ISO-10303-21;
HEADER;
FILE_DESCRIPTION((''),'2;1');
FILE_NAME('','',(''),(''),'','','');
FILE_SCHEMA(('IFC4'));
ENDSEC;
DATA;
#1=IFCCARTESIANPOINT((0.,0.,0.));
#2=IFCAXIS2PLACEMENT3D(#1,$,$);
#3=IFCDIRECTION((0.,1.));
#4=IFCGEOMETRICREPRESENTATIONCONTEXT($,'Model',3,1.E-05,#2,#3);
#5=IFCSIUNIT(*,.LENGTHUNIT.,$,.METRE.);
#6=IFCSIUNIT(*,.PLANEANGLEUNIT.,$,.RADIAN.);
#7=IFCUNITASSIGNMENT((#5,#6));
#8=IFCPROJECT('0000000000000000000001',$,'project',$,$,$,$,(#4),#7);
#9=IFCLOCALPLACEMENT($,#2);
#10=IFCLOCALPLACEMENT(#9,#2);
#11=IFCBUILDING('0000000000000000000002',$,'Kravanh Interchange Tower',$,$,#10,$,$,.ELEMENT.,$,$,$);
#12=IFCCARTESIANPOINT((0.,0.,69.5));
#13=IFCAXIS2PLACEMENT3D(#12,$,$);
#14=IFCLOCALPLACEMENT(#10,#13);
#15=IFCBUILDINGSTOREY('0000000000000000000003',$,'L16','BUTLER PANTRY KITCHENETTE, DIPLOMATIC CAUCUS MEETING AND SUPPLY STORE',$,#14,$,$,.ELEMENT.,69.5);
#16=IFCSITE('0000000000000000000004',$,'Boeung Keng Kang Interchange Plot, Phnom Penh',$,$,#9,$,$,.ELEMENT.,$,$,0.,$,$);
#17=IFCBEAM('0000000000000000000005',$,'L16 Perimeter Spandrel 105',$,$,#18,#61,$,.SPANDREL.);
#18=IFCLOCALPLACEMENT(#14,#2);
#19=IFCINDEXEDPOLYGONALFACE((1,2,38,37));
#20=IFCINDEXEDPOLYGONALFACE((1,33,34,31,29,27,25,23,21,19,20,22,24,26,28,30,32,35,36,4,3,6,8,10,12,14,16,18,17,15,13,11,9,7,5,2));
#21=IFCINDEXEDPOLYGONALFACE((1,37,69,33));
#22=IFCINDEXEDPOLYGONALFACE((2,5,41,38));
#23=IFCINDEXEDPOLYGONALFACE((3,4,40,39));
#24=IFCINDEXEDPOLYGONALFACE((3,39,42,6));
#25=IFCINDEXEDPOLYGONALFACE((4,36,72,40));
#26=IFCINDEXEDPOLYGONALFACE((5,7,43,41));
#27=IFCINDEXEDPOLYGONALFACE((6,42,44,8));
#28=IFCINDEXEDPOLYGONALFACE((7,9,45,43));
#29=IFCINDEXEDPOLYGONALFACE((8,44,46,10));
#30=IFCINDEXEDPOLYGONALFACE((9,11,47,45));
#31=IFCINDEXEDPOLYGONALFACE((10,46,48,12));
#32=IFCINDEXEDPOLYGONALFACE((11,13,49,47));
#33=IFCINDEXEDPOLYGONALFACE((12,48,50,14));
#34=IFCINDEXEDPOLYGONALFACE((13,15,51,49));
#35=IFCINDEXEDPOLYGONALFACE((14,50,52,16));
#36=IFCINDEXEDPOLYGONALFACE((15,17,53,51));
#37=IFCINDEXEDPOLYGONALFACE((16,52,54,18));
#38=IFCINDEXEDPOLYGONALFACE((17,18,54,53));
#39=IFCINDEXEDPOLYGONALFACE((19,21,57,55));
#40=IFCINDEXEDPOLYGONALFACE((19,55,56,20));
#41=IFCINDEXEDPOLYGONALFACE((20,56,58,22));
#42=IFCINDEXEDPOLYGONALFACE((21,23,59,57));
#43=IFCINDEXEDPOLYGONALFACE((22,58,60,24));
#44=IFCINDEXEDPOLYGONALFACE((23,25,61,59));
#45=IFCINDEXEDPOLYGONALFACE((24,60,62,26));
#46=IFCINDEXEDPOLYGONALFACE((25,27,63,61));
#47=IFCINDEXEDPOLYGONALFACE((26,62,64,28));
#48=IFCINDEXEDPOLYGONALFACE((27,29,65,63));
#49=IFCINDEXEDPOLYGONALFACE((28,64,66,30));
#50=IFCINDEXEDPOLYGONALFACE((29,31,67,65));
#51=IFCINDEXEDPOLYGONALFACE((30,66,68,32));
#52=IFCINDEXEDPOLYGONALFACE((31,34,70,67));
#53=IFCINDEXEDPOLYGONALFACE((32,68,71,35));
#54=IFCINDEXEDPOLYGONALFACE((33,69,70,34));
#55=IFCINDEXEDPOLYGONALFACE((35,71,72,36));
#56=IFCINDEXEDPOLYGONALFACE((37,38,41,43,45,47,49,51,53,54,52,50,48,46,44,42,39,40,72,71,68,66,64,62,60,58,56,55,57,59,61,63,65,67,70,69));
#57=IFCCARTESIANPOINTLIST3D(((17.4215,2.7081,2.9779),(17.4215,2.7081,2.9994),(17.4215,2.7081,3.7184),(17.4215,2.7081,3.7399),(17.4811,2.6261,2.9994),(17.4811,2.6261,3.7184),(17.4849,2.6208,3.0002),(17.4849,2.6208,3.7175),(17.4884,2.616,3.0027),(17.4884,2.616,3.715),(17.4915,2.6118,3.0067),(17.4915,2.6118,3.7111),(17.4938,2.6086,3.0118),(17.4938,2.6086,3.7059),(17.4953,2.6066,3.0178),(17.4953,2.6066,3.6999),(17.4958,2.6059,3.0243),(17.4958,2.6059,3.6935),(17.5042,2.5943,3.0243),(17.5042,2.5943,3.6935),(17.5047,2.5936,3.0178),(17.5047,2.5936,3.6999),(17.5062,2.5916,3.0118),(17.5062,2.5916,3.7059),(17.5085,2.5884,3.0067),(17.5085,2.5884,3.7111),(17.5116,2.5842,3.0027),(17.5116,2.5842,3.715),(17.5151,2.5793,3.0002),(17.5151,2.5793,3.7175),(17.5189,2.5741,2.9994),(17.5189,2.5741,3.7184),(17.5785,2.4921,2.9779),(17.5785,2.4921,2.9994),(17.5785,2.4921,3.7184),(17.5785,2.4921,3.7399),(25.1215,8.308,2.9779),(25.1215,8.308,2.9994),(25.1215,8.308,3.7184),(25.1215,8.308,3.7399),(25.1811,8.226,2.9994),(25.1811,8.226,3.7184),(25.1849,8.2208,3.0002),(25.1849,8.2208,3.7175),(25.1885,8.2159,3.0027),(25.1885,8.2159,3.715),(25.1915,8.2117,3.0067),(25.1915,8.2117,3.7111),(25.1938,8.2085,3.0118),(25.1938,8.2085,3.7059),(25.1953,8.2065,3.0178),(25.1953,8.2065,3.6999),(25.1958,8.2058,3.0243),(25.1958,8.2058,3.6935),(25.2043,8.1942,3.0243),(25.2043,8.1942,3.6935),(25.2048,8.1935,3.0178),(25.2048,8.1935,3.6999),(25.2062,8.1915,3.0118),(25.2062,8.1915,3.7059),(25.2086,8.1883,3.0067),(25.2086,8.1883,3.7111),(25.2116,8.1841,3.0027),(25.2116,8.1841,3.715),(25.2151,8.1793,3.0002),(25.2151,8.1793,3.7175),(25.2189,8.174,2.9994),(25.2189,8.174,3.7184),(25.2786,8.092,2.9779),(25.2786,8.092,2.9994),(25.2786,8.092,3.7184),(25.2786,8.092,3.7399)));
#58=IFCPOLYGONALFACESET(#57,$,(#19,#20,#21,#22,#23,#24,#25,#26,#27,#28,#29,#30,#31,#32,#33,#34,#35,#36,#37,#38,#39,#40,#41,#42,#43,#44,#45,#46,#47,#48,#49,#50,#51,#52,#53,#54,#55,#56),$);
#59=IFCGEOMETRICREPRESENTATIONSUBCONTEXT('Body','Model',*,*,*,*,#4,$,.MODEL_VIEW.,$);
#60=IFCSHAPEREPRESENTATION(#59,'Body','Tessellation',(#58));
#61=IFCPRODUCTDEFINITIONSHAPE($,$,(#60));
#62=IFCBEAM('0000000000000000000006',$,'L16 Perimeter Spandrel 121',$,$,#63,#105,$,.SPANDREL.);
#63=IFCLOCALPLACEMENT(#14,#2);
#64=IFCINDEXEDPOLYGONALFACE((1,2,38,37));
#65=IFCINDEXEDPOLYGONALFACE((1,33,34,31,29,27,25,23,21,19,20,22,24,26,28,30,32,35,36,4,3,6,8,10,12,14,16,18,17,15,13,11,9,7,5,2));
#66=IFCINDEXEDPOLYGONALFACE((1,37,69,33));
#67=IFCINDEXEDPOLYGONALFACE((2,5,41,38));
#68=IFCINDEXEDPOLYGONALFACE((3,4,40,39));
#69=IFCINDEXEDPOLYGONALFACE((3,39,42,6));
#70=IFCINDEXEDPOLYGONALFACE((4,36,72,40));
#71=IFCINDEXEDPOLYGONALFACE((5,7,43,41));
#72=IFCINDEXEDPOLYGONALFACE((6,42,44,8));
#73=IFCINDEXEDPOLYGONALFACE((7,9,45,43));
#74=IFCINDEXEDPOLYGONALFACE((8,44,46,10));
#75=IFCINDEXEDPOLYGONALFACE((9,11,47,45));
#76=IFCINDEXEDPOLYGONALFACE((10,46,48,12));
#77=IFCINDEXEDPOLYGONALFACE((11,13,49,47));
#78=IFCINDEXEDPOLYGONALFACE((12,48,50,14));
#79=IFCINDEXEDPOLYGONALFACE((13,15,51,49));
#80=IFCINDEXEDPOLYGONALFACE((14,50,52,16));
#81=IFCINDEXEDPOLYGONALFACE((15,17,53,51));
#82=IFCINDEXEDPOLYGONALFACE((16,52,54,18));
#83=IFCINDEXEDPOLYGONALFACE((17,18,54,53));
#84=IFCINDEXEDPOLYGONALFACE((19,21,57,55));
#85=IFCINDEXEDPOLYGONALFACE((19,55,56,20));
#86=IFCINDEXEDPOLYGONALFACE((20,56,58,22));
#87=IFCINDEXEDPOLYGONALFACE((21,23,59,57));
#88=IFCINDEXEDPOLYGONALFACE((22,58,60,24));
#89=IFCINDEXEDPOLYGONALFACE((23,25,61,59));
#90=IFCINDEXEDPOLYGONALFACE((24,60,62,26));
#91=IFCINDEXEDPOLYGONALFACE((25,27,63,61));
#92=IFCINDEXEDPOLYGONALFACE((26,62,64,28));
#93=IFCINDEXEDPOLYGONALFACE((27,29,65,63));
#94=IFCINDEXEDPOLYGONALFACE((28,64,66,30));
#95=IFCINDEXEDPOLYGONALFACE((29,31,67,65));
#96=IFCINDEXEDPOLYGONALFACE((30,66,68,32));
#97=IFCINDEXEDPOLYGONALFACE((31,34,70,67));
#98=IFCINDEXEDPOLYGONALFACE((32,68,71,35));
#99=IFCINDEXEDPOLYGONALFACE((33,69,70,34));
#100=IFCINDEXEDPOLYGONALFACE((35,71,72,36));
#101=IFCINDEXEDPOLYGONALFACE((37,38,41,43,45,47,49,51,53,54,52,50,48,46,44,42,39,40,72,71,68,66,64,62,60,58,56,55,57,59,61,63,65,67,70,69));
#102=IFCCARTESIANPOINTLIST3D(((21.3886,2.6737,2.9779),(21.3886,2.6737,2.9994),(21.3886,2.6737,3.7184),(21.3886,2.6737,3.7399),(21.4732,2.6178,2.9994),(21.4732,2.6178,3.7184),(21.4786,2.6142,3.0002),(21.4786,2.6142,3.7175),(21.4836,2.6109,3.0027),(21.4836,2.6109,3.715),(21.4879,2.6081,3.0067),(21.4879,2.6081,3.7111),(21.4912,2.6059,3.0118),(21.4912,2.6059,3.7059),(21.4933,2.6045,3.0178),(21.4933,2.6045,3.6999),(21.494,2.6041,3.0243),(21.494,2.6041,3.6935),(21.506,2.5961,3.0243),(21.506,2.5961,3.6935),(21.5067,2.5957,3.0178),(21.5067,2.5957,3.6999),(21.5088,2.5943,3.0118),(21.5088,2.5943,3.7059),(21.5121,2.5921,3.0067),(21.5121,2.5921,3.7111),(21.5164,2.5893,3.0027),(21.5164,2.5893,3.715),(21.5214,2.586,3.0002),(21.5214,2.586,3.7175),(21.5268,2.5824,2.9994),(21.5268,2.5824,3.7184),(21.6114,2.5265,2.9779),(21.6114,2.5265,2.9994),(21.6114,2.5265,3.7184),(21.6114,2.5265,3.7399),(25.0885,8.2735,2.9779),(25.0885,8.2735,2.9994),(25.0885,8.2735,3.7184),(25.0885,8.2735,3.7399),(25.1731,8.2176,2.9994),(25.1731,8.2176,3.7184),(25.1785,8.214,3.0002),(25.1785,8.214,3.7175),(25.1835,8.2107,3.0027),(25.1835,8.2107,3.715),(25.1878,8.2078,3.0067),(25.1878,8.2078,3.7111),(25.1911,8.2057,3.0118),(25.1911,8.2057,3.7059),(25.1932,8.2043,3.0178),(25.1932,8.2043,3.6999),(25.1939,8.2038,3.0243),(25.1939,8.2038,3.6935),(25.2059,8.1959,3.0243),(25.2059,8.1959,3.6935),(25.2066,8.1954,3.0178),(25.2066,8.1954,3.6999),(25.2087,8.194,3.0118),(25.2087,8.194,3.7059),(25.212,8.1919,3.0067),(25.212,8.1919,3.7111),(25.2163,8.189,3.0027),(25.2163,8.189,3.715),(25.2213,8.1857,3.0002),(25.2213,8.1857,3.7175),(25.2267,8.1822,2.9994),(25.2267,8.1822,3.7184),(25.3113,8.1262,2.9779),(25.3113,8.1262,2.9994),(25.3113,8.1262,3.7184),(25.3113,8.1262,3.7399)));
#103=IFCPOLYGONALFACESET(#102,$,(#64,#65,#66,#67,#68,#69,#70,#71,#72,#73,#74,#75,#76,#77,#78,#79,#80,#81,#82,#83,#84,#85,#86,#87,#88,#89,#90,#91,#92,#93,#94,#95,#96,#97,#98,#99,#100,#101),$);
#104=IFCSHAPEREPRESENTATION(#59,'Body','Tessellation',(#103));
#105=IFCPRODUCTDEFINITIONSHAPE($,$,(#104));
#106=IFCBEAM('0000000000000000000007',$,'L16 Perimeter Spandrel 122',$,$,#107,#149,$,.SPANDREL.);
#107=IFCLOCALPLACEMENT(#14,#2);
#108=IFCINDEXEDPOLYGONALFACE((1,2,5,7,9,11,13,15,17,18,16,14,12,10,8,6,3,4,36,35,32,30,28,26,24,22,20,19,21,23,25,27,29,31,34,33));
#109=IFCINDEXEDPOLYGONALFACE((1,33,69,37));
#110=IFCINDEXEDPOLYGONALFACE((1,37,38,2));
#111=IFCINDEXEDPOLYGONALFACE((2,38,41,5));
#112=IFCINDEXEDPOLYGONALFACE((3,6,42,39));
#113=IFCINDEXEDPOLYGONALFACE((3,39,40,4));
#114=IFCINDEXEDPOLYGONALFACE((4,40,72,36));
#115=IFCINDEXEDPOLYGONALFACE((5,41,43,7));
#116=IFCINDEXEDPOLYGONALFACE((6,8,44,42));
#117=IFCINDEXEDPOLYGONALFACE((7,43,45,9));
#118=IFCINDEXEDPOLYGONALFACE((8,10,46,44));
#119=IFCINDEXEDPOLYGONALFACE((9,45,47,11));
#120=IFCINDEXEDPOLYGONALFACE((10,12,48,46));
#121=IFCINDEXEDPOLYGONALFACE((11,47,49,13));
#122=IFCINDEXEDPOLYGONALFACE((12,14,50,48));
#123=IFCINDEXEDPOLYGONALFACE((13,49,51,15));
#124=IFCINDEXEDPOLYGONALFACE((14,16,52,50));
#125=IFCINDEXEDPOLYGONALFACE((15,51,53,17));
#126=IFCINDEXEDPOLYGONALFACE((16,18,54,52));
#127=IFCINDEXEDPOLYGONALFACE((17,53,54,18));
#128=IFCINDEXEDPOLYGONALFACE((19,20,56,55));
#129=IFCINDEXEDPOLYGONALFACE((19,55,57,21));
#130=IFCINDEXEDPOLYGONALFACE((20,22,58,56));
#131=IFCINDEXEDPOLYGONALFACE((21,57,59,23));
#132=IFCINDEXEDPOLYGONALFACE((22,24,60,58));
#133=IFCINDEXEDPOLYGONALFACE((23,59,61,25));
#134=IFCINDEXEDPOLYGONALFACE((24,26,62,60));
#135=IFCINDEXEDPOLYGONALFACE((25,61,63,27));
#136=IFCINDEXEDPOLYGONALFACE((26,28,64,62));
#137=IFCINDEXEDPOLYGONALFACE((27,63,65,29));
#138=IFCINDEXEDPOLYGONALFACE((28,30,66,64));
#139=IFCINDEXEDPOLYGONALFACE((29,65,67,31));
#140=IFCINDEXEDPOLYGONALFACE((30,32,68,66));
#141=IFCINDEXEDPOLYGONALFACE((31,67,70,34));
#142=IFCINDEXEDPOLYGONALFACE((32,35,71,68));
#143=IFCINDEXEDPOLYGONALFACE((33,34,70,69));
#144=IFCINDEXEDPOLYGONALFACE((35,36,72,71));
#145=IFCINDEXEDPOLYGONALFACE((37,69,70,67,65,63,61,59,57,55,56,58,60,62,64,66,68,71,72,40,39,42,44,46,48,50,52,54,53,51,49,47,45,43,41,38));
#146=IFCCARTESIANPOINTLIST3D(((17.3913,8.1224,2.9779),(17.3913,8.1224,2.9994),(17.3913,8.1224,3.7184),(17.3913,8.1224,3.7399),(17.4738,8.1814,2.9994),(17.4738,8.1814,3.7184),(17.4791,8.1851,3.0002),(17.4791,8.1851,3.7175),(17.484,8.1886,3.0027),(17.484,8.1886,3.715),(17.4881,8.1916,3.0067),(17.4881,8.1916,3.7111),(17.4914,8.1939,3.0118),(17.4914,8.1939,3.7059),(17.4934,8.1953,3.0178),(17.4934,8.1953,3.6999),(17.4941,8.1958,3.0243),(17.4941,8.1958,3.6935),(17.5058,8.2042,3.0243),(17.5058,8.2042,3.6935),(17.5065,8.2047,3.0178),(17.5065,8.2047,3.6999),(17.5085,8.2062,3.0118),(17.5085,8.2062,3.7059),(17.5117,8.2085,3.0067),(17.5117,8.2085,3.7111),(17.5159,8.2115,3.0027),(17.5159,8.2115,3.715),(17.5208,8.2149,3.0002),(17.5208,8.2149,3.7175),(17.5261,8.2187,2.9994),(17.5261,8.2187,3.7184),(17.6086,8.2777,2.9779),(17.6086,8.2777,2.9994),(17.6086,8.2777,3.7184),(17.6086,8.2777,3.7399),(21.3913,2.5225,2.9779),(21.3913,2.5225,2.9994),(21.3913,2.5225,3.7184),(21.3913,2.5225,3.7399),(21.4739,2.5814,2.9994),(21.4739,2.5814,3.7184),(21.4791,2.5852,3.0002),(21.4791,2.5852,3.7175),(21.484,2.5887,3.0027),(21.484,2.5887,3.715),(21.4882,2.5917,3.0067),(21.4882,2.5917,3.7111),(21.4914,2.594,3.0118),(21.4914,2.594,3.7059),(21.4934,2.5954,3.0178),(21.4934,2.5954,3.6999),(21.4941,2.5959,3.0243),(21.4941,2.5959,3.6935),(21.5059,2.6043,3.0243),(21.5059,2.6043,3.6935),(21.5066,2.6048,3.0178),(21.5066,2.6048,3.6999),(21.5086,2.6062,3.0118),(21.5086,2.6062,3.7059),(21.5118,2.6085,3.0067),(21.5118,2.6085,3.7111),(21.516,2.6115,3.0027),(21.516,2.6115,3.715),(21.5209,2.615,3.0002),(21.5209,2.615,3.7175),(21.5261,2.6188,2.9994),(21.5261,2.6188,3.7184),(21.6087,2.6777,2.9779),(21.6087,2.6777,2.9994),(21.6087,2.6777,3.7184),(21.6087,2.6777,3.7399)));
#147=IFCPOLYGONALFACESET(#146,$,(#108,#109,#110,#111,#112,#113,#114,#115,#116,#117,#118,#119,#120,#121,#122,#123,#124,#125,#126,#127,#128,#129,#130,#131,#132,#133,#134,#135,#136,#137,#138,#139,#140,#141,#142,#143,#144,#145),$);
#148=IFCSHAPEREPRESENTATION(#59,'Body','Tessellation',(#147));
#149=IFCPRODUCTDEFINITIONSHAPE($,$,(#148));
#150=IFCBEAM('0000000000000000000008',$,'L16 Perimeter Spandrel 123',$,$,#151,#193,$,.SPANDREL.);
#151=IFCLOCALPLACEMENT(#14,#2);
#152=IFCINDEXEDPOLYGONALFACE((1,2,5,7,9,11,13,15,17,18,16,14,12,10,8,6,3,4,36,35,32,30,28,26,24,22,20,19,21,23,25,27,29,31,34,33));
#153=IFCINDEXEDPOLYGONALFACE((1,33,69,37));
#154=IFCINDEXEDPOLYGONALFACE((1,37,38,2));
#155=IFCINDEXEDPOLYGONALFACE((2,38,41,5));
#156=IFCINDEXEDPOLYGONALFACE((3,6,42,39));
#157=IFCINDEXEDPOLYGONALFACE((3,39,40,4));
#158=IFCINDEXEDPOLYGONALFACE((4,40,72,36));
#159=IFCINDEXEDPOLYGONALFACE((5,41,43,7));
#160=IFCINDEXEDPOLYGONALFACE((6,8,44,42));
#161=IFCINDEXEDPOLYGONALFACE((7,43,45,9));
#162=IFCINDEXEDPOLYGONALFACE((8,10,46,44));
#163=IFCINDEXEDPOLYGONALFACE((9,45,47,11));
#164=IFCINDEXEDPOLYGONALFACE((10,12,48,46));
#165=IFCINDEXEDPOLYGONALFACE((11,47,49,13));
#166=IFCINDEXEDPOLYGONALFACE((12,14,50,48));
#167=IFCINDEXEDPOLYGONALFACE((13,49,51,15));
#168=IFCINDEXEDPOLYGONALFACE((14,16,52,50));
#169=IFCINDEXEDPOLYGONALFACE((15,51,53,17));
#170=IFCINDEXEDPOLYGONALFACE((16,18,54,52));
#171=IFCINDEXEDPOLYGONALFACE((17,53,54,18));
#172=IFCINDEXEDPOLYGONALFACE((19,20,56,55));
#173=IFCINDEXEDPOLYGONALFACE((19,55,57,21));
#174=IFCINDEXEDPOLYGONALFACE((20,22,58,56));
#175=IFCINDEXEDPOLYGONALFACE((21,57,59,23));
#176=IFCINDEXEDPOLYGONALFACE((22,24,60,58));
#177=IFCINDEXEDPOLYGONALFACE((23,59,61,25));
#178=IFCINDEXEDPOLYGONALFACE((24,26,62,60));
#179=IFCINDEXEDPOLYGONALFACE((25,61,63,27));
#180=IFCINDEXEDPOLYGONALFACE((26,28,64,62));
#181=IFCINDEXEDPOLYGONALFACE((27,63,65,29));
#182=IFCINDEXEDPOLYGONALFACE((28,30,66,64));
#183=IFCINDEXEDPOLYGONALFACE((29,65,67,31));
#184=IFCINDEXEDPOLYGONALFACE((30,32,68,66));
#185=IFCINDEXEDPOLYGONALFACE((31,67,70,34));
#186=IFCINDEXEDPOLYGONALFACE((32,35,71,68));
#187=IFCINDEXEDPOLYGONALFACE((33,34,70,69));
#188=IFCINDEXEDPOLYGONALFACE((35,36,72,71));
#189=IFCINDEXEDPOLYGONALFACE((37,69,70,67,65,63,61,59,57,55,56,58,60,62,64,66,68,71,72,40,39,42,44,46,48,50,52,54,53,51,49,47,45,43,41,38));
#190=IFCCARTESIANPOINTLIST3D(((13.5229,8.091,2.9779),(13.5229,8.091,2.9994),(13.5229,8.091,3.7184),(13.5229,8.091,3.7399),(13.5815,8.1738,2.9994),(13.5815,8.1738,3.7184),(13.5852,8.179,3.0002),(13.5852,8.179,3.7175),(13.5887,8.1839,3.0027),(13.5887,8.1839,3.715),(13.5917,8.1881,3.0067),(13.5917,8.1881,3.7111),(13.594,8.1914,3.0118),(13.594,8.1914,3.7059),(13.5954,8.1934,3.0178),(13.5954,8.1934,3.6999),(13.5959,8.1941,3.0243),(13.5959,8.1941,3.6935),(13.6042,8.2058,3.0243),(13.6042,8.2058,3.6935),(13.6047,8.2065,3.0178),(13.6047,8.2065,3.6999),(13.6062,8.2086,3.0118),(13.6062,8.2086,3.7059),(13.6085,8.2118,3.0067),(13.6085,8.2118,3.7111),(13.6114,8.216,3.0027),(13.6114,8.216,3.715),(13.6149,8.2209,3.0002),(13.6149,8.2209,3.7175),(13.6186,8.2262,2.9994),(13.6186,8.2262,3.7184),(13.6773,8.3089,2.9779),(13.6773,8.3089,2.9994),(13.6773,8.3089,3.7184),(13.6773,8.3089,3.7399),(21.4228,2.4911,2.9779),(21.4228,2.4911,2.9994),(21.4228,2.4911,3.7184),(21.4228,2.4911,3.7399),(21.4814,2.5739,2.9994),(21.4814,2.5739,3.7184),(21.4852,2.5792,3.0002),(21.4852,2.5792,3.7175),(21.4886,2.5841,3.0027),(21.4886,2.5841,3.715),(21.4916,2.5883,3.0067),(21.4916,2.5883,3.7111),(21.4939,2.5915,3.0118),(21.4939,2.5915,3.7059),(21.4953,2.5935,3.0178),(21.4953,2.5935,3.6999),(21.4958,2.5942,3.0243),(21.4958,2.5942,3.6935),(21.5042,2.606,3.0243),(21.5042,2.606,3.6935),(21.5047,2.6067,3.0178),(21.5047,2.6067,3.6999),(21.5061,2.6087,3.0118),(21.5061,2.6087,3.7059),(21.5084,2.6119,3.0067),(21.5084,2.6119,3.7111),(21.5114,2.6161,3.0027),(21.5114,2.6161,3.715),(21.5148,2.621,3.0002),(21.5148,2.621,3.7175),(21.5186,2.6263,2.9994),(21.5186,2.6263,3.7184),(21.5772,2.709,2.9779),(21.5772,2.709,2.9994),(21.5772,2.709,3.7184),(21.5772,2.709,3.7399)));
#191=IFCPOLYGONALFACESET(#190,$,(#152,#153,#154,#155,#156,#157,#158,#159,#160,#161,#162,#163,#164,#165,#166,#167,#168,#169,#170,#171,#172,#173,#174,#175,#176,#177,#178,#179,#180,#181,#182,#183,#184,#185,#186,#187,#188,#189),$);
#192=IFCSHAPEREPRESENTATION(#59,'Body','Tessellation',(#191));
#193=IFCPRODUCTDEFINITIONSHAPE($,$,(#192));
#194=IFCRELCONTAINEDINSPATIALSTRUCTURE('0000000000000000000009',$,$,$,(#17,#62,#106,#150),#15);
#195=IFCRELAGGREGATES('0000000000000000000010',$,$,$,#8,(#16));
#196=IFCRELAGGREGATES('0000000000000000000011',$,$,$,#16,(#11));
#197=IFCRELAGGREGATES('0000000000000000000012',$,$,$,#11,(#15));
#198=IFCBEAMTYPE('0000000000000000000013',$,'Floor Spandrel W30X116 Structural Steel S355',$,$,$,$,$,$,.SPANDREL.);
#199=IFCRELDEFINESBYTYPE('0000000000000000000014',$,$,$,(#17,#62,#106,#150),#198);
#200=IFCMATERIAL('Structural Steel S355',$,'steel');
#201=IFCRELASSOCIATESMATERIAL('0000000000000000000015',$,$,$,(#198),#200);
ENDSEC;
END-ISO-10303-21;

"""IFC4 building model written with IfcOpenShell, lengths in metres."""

from ifc_helpers import new_model, si_unit, direction, frame, origin, origin_2d, place, context, subcontext, project, spatial, i_section, extrude, material, material_profile, profile_set, type_object, element, save


model = new_model("IFC4")

# Units and contexts
model_context = context("Model", 3, precision=1e-05, world=origin(), true_north=direction((0.0, 1.0)))
body_context = subcontext(model_context, "Body", "Model", "MODEL_VIEW")
ifc_project = project(units=[si_unit("LENGTHUNIT", "METRE"), si_unit("PLANEANGLEUNIT", "RADIAN")], contexts=[model_context])

# Site, building, storey
site_placement = place(None, origin())
site = spatial("IfcSite", under=ifc_project, at=site_placement, Name="Boeung Keng Kang Interchange Plot, Phnom Penh", CompositionType="ELEMENT", RefElevation=0.0)
building_placement = place(site_placement, origin())
building = spatial("IfcBuilding", under=site, at=building_placement, Name="Kravanh Interchange Tower", CompositionType="ELEMENT")
storey_placement = place(building_placement, frame((0.0, 0.0, 69.5)))
storey = spatial("IfcBuildingStorey", under=building, at=storey_placement, Name="L16", Description="BUTLER PANTRY KITCHENETTE, DIPLOMATIC CAUCUS MEETING AND SUPPLY STORE", CompositionType="ELEMENT", Elevation=69.5)

# Beams
ifc_material_1 = material(Name="Structural Steel S355", Category="steel")
ifc_material_profile_1 = material_profile(ifc_material_1, i_section(OverallWidth=0.2671, OverallDepth=0.762, WebThickness=0.0144, FlangeThickness=0.0215, FilletRadius=0.0249, at=origin_2d()), Name="W30X116")
ifc_profile_set_1 = profile_set([ifc_material_profile_1], Name="Structural Steel S355")
beam_type_1 = type_object("IfcBeamType", Name="Floor Spandrel W30X116 Structural Steel S355", PredefinedType="SPANDREL", material=ifc_profile_set_1)
beam_1_placement = place(storey_placement, frame((17.5, 2.6001, 3.3589), z_axis=(0.808742, 0.588164, 0.0), x_axis=(-0.588164, 0.808742, 0.0)))
element("IfcBeam", 1, at=beam_1_placement, inside=storey, type_object=beam_type_1, Name="L16 Perimeter Spandrel 105", PredefinedType="SPANDREL", context=body_context, shape_type="SweptSolid", body=[
    extrude(i_section(OverallWidth=0.2671, OverallDepth=0.762, WebThickness=0.0144, FlangeThickness=0.0215, FilletRadius=0.0249, at=origin_2d()), origin(), (0.0, 0.0, 1.0), 9.521),
])
beam_2_placement = place(storey_placement, frame((21.5, 2.6001, 3.3589), z_axis=(0.551262, 0.834332, 0.0), x_axis=(-0.834332, 0.551262, 0.0)))
element("IfcBeam", 2, at=beam_2_placement, inside=storey, type_object=beam_type_1, Name="L16 Perimeter Spandrel 121", PredefinedType="SPANDREL", context=body_context, shape_type="SweptSolid", body=[
    extrude(i_section(OverallWidth=0.2671, OverallDepth=0.762, WebThickness=0.0144, FlangeThickness=0.0215, FilletRadius=0.0249, at=origin_2d()), origin(), (0.0, 0.0, 1.0), 6.7117),
])
beam_3_placement = place(storey_placement, frame((21.5, 2.6001, 3.3589), z_axis=(-0.581248, 0.813726, 0.0), x_axis=(-0.813726, -0.581248, 0.0)))
element("IfcBeam", 3, at=beam_3_placement, inside=storey, type_object=beam_type_1, Name="L16 Perimeter Spandrel 122", PredefinedType="SPANDREL", context=body_context, shape_type="SweptSolid", body=[
    extrude(i_section(OverallWidth=0.2671, OverallDepth=0.762, WebThickness=0.0144, FlangeThickness=0.0215, FilletRadius=0.0249, at=origin_2d()), origin(), (0.0, 0.0, 1.0), 6.8818),
])
beam_4_placement = place(storey_placement, frame((21.5, 2.6001, 3.3589), z_axis=(-0.815825, 0.578299, 0.0), x_axis=(-0.578299, -0.815825, 0.0)))
element("IfcBeam", 4, at=beam_4_placement, inside=storey, type_object=beam_type_1, Name="L16 Perimeter Spandrel 123", PredefinedType="SPANDREL", context=body_context, shape_type="SweptSolid", body=[
    extrude(i_section(OverallWidth=0.2671, OverallDepth=0.762, WebThickness=0.0144, FlangeThickness=0.0215, FilletRadius=0.0249, at=origin_2d()), origin(), (0.0, 0.0, 1.0), 9.6833),
])

save(model, "model.ifc")
